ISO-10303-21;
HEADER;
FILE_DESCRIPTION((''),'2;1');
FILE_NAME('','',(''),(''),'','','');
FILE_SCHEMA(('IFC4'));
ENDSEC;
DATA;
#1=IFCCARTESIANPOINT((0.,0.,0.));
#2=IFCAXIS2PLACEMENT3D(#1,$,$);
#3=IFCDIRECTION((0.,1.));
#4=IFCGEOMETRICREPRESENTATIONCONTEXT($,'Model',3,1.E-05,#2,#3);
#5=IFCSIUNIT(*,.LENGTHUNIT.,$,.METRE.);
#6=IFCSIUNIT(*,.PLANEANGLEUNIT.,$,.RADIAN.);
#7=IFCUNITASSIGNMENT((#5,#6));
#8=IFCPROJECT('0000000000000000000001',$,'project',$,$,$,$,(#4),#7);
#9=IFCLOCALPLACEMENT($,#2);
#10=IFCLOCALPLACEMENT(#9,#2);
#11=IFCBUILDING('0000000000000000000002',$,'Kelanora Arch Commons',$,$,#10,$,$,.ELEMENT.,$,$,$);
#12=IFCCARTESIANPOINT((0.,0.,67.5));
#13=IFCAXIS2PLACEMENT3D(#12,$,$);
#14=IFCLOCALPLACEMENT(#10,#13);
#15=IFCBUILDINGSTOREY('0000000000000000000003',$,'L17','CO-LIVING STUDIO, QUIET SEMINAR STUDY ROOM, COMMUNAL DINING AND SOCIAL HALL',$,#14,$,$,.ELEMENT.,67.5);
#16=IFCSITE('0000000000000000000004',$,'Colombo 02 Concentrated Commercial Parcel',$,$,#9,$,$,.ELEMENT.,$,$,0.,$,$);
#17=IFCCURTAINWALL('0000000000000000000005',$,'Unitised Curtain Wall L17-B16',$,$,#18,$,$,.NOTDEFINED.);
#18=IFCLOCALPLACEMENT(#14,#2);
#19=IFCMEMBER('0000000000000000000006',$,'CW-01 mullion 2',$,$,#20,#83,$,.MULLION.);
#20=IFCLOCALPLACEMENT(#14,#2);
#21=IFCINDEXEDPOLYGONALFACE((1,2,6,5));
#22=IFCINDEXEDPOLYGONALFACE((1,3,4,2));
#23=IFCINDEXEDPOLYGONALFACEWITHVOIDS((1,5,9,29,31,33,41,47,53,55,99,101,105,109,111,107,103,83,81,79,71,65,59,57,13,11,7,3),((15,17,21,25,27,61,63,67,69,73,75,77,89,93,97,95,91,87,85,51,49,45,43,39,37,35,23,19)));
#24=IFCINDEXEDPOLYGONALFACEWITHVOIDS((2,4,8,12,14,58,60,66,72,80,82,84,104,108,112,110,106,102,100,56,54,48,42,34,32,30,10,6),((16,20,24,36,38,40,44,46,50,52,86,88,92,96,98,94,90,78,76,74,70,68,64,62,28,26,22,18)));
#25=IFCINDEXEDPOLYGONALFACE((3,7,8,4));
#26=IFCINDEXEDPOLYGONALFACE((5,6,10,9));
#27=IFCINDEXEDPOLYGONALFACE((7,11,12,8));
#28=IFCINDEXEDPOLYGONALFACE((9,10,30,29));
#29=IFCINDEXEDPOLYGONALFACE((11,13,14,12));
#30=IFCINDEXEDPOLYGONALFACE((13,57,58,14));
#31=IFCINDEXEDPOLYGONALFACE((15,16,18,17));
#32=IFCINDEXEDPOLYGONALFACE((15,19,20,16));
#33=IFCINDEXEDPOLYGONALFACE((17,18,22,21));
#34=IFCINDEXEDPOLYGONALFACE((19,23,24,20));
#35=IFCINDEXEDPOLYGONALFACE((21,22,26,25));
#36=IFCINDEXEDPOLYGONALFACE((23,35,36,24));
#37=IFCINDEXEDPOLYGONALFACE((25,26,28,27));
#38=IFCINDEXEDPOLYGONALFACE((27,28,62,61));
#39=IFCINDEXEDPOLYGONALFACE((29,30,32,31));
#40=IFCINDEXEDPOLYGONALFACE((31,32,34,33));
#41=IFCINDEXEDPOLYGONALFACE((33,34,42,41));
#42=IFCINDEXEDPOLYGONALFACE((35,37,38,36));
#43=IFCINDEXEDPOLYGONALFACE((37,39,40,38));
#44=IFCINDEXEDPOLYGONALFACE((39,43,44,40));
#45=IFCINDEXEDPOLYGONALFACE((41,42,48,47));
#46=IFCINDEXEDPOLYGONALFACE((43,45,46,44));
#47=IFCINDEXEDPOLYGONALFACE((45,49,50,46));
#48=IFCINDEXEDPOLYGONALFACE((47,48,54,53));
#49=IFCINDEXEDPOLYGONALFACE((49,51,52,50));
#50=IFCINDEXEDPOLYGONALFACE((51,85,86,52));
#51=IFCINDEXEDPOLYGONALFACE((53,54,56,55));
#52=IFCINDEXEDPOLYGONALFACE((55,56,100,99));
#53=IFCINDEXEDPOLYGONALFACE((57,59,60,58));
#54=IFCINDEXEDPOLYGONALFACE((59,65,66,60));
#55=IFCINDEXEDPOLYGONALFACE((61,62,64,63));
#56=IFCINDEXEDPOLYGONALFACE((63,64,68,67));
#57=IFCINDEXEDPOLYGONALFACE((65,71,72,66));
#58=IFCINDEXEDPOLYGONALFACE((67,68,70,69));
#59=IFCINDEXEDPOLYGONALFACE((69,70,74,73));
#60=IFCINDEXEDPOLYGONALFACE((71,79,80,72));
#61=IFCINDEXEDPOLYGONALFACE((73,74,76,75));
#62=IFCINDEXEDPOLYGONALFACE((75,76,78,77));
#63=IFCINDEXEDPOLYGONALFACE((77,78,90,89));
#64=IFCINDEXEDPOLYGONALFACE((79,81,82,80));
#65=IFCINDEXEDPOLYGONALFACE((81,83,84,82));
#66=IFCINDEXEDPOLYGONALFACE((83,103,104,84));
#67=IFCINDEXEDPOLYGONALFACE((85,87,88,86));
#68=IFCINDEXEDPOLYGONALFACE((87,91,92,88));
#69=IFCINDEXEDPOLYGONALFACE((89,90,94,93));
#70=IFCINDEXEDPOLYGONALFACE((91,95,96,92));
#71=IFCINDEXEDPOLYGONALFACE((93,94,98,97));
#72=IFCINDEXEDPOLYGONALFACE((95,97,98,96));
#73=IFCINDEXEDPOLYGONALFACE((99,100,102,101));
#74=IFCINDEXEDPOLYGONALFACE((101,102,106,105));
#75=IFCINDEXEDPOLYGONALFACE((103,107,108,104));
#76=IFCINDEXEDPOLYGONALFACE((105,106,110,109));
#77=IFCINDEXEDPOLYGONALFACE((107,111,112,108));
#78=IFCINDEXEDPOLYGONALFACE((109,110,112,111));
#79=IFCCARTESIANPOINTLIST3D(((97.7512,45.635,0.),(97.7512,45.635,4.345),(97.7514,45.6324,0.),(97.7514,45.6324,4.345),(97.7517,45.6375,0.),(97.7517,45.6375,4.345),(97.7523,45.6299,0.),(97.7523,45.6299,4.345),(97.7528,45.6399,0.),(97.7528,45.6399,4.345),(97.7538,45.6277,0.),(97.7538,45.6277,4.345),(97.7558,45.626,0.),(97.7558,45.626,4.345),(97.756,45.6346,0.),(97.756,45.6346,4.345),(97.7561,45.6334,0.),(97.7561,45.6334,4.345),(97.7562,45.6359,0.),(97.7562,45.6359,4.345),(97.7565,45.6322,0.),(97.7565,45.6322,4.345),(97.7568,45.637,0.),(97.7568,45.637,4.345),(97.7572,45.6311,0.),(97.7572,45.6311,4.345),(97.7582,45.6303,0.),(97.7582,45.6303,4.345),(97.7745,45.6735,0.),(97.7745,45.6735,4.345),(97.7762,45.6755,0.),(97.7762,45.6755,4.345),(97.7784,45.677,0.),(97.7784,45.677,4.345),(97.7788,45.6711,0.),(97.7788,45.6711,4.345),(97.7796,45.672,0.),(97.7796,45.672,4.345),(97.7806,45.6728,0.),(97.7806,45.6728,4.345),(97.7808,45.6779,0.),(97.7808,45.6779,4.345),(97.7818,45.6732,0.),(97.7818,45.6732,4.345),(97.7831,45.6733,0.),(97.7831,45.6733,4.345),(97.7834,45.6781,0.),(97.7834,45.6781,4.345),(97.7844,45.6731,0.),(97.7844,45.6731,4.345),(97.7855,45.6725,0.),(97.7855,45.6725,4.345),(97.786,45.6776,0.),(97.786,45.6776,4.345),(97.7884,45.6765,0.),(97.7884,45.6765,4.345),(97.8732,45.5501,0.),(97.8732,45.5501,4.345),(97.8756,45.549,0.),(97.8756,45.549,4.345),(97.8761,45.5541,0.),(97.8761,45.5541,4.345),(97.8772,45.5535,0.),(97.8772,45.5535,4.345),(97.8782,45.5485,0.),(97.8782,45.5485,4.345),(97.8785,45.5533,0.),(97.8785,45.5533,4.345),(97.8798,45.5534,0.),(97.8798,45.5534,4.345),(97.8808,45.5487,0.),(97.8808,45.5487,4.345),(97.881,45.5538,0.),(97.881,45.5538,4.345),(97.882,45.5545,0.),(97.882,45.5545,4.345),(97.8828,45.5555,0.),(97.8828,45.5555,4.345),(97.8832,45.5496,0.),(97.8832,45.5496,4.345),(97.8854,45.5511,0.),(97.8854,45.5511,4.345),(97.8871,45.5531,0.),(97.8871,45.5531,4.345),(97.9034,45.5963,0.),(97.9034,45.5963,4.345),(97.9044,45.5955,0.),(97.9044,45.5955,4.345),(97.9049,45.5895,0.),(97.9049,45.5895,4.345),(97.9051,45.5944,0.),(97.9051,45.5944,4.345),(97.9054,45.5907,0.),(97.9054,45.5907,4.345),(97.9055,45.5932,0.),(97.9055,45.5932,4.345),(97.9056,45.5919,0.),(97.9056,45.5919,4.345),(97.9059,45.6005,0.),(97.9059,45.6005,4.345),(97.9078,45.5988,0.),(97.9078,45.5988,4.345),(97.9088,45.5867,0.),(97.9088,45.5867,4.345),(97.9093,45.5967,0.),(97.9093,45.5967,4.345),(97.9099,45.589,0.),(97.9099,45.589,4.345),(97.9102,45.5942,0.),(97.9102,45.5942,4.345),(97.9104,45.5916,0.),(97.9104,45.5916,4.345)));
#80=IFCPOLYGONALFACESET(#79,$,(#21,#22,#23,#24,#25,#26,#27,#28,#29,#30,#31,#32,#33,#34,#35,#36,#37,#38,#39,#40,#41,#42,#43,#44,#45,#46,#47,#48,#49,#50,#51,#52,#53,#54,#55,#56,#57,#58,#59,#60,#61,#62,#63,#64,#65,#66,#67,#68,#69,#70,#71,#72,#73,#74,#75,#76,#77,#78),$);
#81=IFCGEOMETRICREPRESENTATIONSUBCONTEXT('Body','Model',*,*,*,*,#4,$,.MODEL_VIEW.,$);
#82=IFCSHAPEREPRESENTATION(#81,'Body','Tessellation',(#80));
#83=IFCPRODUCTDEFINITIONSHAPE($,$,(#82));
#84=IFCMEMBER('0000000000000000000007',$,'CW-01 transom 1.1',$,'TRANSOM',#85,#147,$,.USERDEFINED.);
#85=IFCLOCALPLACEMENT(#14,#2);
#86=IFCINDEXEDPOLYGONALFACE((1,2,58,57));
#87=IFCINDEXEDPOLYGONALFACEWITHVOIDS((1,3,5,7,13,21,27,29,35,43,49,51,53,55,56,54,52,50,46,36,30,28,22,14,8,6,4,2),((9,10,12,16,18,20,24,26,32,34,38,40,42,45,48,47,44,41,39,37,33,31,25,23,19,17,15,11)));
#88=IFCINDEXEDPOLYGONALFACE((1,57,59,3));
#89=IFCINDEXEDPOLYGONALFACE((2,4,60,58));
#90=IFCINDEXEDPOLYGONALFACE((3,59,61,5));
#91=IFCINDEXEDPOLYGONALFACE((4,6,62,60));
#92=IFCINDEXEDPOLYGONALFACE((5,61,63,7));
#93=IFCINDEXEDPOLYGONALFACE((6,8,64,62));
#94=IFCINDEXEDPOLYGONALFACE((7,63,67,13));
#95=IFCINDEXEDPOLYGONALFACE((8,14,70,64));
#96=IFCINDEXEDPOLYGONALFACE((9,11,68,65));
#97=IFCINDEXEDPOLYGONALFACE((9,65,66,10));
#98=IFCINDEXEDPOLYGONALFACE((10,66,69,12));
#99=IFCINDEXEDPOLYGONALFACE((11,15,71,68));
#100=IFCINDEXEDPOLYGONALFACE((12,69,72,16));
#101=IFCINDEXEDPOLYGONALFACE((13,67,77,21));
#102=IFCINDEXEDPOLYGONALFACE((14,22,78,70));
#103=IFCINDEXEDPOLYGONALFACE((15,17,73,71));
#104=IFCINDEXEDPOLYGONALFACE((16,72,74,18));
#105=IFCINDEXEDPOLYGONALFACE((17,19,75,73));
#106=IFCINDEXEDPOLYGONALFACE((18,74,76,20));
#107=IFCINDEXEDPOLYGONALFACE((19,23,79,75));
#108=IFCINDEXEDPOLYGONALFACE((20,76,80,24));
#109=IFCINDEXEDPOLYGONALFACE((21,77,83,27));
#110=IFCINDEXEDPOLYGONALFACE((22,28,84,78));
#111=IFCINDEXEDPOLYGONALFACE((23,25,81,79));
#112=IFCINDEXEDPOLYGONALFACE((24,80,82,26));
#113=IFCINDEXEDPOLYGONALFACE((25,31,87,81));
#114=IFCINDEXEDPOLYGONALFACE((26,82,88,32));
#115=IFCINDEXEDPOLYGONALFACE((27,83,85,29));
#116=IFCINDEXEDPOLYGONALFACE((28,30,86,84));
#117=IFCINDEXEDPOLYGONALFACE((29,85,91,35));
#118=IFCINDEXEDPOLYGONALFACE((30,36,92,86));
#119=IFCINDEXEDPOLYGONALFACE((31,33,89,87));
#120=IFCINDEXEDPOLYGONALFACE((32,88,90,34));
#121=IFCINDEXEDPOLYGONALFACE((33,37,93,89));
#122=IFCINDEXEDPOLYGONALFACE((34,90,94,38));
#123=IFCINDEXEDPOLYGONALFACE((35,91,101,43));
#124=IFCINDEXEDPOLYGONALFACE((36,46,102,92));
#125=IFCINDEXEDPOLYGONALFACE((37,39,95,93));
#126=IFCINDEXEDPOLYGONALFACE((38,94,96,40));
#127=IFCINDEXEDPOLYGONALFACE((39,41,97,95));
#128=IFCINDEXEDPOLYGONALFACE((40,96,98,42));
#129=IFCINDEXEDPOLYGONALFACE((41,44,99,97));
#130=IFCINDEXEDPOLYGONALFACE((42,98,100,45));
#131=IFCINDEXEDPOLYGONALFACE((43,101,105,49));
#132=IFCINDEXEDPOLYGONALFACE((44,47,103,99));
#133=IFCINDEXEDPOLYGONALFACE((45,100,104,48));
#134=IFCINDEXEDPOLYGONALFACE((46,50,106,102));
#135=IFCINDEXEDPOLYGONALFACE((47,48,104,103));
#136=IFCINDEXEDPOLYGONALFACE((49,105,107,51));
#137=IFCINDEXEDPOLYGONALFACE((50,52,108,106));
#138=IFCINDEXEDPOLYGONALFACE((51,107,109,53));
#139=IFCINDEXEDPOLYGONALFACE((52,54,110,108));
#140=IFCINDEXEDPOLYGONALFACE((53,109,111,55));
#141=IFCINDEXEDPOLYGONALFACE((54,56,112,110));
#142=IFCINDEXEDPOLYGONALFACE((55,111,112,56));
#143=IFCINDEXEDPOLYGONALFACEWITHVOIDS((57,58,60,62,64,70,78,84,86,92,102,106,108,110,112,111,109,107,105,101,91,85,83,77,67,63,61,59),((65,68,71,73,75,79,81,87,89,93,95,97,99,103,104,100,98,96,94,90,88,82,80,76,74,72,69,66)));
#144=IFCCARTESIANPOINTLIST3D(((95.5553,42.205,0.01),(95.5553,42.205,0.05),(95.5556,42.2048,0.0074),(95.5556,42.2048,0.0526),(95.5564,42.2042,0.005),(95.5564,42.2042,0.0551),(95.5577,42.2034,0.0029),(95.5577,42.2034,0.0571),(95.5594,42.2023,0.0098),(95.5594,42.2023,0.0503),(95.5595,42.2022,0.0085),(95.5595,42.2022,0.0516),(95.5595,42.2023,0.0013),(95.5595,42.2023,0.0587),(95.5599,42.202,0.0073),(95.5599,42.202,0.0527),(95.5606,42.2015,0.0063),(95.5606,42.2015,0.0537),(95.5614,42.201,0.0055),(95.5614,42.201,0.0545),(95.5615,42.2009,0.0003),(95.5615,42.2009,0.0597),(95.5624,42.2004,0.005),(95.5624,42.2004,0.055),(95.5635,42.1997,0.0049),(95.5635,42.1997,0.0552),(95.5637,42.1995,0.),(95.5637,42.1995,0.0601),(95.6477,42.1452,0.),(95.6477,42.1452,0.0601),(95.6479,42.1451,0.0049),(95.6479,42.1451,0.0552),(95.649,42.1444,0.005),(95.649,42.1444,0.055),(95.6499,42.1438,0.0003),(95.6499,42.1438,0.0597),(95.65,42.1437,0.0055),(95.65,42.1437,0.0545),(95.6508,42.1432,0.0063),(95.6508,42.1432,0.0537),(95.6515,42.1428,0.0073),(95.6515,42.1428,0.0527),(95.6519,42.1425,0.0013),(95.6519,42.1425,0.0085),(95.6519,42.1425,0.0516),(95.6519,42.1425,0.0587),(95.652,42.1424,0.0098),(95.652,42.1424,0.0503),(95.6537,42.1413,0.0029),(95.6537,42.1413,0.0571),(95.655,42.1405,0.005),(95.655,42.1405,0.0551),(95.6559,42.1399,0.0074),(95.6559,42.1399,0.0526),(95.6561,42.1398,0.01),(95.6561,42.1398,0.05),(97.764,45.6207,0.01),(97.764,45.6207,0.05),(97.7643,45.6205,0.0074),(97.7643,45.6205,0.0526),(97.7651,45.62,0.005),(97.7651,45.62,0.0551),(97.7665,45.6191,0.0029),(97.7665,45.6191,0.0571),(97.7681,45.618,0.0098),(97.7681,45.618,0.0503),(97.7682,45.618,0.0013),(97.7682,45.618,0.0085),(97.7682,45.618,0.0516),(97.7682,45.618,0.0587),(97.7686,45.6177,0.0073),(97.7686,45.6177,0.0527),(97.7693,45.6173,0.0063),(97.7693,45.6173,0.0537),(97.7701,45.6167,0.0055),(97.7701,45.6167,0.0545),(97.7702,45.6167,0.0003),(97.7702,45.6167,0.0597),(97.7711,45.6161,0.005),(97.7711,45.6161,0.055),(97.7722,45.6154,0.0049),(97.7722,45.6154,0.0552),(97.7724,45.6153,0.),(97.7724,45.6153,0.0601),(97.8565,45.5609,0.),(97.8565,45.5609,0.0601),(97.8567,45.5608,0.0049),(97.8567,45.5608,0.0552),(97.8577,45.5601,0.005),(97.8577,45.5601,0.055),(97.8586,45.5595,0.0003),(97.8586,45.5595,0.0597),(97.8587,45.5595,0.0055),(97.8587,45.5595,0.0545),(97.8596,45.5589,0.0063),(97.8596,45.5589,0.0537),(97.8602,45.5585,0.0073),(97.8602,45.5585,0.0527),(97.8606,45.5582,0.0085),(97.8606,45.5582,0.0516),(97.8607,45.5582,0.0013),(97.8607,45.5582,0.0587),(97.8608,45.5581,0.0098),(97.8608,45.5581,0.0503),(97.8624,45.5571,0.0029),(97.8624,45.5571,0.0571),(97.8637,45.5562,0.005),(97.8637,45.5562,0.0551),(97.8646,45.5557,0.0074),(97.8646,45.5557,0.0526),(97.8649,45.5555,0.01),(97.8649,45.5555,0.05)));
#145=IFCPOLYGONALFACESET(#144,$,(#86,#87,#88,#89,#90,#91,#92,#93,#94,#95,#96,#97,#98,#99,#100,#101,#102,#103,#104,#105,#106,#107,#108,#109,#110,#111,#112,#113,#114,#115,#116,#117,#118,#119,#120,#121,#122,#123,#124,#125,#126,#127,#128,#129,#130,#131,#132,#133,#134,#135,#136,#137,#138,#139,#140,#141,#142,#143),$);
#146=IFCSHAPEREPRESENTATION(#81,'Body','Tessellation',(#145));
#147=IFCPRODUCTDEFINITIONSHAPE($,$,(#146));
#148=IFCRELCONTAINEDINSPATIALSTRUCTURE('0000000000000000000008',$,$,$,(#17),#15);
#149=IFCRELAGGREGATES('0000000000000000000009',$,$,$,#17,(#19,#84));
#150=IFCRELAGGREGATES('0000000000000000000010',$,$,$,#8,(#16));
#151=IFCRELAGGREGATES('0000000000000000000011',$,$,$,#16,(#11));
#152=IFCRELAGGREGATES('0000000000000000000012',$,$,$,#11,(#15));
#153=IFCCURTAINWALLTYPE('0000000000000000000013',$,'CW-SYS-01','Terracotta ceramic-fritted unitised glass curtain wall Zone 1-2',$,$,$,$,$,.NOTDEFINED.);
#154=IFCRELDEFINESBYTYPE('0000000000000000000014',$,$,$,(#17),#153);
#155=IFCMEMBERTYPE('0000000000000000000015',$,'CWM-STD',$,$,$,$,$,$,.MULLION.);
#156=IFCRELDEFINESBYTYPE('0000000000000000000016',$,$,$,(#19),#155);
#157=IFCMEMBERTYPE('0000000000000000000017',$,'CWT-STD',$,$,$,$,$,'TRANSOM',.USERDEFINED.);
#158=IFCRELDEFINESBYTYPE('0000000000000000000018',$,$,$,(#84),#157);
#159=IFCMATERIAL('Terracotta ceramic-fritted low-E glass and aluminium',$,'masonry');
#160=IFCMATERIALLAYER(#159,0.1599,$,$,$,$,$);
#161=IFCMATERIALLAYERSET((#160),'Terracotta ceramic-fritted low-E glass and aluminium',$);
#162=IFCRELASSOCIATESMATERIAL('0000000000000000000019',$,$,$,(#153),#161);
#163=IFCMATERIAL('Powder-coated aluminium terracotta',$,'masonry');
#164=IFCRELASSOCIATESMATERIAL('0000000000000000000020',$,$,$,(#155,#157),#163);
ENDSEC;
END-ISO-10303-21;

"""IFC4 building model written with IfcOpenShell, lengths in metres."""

from ifc_helpers import new_model, si_unit, direction, frame, origin, origin_2d, place, context, subcontext, project, spatial, hollow_rectangle, extrude, material, layer, layer_set, material_profile, profile_set, type_object, element, aggregate, save


model = new_model("IFC4")

# Units and contexts
model_context = context("Model", 3, precision=1e-05, world=origin(), true_north=direction((0.0, 1.0)))
body_context = subcontext(model_context, "Body", "Model", "MODEL_VIEW")
ifc_project = project(units=[si_unit("LENGTHUNIT", "METRE"), si_unit("PLANEANGLEUNIT", "RADIAN")], contexts=[model_context])

# Site, building, storey
site_placement = place(None, origin())
site = spatial("IfcSite", under=ifc_project, at=site_placement, Name="Colombo 02 Concentrated Commercial Parcel", CompositionType="ELEMENT", RefElevation=0.0)
building_placement = place(site_placement, origin())
building = spatial("IfcBuilding", under=site, at=building_placement, Name="Kelanora Arch Commons", CompositionType="ELEMENT")
storey_placement = place(building_placement, frame((0.0, 0.0, 67.5)))
storey = spatial("IfcBuildingStorey", under=building, at=storey_placement, Name="L17", Description="CO-LIVING STUDIO, QUIET SEMINAR STUDY ROOM, COMMUNAL DINING AND SOCIAL HALL", CompositionType="ELEMENT", Elevation=67.5)

# Shared definitions
ifc_material_1 = material(Name="Terracotta ceramic-fritted low-E glass and aluminium", Category="masonry")
ifc_layer_1 = layer(ifc_material_1, 0.1599)
ifc_layer_set_1 = layer_set([ifc_layer_1], Name="Terracotta ceramic-fritted low-E glass and aluminium")
curtain_wall_type = type_object("IfcCurtainWallType", Name="CW-SYS-01", Description="Terracotta ceramic-fritted unitised glass curtain wall Zone 1-2", PredefinedType="NOTDEFINED", material=ifc_layer_set_1)
ifc_material_2 = material(Name="Powder-coated aluminium terracotta", Category="masonry")
ifc_material_profile_1 = material_profile(ifc_material_2, hollow_rectangle(XDim=0.1599, YDim=0.0601, WallThickness=0.0049, InnerFilletRadius=0.0049, OuterFilletRadius=0.01, at=origin_2d()), Name="CWM160x60")
ifc_profile_set_1 = profile_set([ifc_material_profile_1], Name="Powder-coated aluminium terracotta")
member_type_1 = type_object("IfcMemberType", Name="CWM-STD", PredefinedType="MULLION", material=ifc_profile_set_1)

# Curtain wall, members
curtain_wall_1_placement = place(storey_placement, origin())
curtain_wall_1 = element("IfcCurtainWall", 1, at=curtain_wall_1_placement, inside=storey, type_object=curtain_wall_type, Name="Unitised Curtain Wall L17-B16", PredefinedType="NOTDEFINED")
member_1_placement = place(storey_placement, frame((97.8308, 45.6133, 0.0), z_axis=(0.0, 0.0, 1.0), x_axis=(-0.83973, 0.543004, 0.0)))
member_1 = element("IfcMember", 2, at=member_1_placement, type_object=member_type_1, Name="CW-01 mullion 2", PredefinedType="MULLION", context=body_context, shape_type="SweptSolid", body=[
    extrude(hollow_rectangle(XDim=0.1599, YDim=0.0601, WallThickness=0.0049, InnerFilletRadius=0.0049, OuterFilletRadius=0.01, at=origin_2d()), origin(), (0.0, 0.0, 1.0), 4.345),
])
ifc_material_profile_2 = material_profile(ifc_material_2, hollow_rectangle(XDim=0.1201, YDim=0.0601, WallThickness=0.0049, InnerFilletRadius=0.0049, OuterFilletRadius=0.01, at=origin_2d()), Name="CWT120x60")
ifc_profile_set_2 = profile_set([ifc_material_profile_2], Name="Powder-coated aluminium terracotta")
member_type_2 = type_object("IfcMemberType", Name="CWT-STD", ElementType="TRANSOM", PredefinedType="USERDEFINED", material=ifc_profile_set_2)
member_2_placement = place(storey_placement, frame((95.6057, 42.1724, 0.03), z_axis=(0.542997, 0.839734, 0.0), x_axis=(-0.839734, 0.542997, 0.0)))
member_2 = element("IfcMember", 3, at=member_2_placement, type_object=member_type_2, Name="CW-01 transom 1.1", ObjectType="TRANSOM", PredefinedType="USERDEFINED", context=body_context, shape_type="SweptSolid", body=[
    extrude(hollow_rectangle(XDim=0.1201, YDim=0.0601, WallThickness=0.0049, InnerFilletRadius=0.0049, OuterFilletRadius=0.01, at=origin_2d()), origin(), (0.0, 0.0, 1.0), 4.0676),
])

aggregate(curtain_wall_1, [member_1, member_2])

save(model, "model.ifc")
